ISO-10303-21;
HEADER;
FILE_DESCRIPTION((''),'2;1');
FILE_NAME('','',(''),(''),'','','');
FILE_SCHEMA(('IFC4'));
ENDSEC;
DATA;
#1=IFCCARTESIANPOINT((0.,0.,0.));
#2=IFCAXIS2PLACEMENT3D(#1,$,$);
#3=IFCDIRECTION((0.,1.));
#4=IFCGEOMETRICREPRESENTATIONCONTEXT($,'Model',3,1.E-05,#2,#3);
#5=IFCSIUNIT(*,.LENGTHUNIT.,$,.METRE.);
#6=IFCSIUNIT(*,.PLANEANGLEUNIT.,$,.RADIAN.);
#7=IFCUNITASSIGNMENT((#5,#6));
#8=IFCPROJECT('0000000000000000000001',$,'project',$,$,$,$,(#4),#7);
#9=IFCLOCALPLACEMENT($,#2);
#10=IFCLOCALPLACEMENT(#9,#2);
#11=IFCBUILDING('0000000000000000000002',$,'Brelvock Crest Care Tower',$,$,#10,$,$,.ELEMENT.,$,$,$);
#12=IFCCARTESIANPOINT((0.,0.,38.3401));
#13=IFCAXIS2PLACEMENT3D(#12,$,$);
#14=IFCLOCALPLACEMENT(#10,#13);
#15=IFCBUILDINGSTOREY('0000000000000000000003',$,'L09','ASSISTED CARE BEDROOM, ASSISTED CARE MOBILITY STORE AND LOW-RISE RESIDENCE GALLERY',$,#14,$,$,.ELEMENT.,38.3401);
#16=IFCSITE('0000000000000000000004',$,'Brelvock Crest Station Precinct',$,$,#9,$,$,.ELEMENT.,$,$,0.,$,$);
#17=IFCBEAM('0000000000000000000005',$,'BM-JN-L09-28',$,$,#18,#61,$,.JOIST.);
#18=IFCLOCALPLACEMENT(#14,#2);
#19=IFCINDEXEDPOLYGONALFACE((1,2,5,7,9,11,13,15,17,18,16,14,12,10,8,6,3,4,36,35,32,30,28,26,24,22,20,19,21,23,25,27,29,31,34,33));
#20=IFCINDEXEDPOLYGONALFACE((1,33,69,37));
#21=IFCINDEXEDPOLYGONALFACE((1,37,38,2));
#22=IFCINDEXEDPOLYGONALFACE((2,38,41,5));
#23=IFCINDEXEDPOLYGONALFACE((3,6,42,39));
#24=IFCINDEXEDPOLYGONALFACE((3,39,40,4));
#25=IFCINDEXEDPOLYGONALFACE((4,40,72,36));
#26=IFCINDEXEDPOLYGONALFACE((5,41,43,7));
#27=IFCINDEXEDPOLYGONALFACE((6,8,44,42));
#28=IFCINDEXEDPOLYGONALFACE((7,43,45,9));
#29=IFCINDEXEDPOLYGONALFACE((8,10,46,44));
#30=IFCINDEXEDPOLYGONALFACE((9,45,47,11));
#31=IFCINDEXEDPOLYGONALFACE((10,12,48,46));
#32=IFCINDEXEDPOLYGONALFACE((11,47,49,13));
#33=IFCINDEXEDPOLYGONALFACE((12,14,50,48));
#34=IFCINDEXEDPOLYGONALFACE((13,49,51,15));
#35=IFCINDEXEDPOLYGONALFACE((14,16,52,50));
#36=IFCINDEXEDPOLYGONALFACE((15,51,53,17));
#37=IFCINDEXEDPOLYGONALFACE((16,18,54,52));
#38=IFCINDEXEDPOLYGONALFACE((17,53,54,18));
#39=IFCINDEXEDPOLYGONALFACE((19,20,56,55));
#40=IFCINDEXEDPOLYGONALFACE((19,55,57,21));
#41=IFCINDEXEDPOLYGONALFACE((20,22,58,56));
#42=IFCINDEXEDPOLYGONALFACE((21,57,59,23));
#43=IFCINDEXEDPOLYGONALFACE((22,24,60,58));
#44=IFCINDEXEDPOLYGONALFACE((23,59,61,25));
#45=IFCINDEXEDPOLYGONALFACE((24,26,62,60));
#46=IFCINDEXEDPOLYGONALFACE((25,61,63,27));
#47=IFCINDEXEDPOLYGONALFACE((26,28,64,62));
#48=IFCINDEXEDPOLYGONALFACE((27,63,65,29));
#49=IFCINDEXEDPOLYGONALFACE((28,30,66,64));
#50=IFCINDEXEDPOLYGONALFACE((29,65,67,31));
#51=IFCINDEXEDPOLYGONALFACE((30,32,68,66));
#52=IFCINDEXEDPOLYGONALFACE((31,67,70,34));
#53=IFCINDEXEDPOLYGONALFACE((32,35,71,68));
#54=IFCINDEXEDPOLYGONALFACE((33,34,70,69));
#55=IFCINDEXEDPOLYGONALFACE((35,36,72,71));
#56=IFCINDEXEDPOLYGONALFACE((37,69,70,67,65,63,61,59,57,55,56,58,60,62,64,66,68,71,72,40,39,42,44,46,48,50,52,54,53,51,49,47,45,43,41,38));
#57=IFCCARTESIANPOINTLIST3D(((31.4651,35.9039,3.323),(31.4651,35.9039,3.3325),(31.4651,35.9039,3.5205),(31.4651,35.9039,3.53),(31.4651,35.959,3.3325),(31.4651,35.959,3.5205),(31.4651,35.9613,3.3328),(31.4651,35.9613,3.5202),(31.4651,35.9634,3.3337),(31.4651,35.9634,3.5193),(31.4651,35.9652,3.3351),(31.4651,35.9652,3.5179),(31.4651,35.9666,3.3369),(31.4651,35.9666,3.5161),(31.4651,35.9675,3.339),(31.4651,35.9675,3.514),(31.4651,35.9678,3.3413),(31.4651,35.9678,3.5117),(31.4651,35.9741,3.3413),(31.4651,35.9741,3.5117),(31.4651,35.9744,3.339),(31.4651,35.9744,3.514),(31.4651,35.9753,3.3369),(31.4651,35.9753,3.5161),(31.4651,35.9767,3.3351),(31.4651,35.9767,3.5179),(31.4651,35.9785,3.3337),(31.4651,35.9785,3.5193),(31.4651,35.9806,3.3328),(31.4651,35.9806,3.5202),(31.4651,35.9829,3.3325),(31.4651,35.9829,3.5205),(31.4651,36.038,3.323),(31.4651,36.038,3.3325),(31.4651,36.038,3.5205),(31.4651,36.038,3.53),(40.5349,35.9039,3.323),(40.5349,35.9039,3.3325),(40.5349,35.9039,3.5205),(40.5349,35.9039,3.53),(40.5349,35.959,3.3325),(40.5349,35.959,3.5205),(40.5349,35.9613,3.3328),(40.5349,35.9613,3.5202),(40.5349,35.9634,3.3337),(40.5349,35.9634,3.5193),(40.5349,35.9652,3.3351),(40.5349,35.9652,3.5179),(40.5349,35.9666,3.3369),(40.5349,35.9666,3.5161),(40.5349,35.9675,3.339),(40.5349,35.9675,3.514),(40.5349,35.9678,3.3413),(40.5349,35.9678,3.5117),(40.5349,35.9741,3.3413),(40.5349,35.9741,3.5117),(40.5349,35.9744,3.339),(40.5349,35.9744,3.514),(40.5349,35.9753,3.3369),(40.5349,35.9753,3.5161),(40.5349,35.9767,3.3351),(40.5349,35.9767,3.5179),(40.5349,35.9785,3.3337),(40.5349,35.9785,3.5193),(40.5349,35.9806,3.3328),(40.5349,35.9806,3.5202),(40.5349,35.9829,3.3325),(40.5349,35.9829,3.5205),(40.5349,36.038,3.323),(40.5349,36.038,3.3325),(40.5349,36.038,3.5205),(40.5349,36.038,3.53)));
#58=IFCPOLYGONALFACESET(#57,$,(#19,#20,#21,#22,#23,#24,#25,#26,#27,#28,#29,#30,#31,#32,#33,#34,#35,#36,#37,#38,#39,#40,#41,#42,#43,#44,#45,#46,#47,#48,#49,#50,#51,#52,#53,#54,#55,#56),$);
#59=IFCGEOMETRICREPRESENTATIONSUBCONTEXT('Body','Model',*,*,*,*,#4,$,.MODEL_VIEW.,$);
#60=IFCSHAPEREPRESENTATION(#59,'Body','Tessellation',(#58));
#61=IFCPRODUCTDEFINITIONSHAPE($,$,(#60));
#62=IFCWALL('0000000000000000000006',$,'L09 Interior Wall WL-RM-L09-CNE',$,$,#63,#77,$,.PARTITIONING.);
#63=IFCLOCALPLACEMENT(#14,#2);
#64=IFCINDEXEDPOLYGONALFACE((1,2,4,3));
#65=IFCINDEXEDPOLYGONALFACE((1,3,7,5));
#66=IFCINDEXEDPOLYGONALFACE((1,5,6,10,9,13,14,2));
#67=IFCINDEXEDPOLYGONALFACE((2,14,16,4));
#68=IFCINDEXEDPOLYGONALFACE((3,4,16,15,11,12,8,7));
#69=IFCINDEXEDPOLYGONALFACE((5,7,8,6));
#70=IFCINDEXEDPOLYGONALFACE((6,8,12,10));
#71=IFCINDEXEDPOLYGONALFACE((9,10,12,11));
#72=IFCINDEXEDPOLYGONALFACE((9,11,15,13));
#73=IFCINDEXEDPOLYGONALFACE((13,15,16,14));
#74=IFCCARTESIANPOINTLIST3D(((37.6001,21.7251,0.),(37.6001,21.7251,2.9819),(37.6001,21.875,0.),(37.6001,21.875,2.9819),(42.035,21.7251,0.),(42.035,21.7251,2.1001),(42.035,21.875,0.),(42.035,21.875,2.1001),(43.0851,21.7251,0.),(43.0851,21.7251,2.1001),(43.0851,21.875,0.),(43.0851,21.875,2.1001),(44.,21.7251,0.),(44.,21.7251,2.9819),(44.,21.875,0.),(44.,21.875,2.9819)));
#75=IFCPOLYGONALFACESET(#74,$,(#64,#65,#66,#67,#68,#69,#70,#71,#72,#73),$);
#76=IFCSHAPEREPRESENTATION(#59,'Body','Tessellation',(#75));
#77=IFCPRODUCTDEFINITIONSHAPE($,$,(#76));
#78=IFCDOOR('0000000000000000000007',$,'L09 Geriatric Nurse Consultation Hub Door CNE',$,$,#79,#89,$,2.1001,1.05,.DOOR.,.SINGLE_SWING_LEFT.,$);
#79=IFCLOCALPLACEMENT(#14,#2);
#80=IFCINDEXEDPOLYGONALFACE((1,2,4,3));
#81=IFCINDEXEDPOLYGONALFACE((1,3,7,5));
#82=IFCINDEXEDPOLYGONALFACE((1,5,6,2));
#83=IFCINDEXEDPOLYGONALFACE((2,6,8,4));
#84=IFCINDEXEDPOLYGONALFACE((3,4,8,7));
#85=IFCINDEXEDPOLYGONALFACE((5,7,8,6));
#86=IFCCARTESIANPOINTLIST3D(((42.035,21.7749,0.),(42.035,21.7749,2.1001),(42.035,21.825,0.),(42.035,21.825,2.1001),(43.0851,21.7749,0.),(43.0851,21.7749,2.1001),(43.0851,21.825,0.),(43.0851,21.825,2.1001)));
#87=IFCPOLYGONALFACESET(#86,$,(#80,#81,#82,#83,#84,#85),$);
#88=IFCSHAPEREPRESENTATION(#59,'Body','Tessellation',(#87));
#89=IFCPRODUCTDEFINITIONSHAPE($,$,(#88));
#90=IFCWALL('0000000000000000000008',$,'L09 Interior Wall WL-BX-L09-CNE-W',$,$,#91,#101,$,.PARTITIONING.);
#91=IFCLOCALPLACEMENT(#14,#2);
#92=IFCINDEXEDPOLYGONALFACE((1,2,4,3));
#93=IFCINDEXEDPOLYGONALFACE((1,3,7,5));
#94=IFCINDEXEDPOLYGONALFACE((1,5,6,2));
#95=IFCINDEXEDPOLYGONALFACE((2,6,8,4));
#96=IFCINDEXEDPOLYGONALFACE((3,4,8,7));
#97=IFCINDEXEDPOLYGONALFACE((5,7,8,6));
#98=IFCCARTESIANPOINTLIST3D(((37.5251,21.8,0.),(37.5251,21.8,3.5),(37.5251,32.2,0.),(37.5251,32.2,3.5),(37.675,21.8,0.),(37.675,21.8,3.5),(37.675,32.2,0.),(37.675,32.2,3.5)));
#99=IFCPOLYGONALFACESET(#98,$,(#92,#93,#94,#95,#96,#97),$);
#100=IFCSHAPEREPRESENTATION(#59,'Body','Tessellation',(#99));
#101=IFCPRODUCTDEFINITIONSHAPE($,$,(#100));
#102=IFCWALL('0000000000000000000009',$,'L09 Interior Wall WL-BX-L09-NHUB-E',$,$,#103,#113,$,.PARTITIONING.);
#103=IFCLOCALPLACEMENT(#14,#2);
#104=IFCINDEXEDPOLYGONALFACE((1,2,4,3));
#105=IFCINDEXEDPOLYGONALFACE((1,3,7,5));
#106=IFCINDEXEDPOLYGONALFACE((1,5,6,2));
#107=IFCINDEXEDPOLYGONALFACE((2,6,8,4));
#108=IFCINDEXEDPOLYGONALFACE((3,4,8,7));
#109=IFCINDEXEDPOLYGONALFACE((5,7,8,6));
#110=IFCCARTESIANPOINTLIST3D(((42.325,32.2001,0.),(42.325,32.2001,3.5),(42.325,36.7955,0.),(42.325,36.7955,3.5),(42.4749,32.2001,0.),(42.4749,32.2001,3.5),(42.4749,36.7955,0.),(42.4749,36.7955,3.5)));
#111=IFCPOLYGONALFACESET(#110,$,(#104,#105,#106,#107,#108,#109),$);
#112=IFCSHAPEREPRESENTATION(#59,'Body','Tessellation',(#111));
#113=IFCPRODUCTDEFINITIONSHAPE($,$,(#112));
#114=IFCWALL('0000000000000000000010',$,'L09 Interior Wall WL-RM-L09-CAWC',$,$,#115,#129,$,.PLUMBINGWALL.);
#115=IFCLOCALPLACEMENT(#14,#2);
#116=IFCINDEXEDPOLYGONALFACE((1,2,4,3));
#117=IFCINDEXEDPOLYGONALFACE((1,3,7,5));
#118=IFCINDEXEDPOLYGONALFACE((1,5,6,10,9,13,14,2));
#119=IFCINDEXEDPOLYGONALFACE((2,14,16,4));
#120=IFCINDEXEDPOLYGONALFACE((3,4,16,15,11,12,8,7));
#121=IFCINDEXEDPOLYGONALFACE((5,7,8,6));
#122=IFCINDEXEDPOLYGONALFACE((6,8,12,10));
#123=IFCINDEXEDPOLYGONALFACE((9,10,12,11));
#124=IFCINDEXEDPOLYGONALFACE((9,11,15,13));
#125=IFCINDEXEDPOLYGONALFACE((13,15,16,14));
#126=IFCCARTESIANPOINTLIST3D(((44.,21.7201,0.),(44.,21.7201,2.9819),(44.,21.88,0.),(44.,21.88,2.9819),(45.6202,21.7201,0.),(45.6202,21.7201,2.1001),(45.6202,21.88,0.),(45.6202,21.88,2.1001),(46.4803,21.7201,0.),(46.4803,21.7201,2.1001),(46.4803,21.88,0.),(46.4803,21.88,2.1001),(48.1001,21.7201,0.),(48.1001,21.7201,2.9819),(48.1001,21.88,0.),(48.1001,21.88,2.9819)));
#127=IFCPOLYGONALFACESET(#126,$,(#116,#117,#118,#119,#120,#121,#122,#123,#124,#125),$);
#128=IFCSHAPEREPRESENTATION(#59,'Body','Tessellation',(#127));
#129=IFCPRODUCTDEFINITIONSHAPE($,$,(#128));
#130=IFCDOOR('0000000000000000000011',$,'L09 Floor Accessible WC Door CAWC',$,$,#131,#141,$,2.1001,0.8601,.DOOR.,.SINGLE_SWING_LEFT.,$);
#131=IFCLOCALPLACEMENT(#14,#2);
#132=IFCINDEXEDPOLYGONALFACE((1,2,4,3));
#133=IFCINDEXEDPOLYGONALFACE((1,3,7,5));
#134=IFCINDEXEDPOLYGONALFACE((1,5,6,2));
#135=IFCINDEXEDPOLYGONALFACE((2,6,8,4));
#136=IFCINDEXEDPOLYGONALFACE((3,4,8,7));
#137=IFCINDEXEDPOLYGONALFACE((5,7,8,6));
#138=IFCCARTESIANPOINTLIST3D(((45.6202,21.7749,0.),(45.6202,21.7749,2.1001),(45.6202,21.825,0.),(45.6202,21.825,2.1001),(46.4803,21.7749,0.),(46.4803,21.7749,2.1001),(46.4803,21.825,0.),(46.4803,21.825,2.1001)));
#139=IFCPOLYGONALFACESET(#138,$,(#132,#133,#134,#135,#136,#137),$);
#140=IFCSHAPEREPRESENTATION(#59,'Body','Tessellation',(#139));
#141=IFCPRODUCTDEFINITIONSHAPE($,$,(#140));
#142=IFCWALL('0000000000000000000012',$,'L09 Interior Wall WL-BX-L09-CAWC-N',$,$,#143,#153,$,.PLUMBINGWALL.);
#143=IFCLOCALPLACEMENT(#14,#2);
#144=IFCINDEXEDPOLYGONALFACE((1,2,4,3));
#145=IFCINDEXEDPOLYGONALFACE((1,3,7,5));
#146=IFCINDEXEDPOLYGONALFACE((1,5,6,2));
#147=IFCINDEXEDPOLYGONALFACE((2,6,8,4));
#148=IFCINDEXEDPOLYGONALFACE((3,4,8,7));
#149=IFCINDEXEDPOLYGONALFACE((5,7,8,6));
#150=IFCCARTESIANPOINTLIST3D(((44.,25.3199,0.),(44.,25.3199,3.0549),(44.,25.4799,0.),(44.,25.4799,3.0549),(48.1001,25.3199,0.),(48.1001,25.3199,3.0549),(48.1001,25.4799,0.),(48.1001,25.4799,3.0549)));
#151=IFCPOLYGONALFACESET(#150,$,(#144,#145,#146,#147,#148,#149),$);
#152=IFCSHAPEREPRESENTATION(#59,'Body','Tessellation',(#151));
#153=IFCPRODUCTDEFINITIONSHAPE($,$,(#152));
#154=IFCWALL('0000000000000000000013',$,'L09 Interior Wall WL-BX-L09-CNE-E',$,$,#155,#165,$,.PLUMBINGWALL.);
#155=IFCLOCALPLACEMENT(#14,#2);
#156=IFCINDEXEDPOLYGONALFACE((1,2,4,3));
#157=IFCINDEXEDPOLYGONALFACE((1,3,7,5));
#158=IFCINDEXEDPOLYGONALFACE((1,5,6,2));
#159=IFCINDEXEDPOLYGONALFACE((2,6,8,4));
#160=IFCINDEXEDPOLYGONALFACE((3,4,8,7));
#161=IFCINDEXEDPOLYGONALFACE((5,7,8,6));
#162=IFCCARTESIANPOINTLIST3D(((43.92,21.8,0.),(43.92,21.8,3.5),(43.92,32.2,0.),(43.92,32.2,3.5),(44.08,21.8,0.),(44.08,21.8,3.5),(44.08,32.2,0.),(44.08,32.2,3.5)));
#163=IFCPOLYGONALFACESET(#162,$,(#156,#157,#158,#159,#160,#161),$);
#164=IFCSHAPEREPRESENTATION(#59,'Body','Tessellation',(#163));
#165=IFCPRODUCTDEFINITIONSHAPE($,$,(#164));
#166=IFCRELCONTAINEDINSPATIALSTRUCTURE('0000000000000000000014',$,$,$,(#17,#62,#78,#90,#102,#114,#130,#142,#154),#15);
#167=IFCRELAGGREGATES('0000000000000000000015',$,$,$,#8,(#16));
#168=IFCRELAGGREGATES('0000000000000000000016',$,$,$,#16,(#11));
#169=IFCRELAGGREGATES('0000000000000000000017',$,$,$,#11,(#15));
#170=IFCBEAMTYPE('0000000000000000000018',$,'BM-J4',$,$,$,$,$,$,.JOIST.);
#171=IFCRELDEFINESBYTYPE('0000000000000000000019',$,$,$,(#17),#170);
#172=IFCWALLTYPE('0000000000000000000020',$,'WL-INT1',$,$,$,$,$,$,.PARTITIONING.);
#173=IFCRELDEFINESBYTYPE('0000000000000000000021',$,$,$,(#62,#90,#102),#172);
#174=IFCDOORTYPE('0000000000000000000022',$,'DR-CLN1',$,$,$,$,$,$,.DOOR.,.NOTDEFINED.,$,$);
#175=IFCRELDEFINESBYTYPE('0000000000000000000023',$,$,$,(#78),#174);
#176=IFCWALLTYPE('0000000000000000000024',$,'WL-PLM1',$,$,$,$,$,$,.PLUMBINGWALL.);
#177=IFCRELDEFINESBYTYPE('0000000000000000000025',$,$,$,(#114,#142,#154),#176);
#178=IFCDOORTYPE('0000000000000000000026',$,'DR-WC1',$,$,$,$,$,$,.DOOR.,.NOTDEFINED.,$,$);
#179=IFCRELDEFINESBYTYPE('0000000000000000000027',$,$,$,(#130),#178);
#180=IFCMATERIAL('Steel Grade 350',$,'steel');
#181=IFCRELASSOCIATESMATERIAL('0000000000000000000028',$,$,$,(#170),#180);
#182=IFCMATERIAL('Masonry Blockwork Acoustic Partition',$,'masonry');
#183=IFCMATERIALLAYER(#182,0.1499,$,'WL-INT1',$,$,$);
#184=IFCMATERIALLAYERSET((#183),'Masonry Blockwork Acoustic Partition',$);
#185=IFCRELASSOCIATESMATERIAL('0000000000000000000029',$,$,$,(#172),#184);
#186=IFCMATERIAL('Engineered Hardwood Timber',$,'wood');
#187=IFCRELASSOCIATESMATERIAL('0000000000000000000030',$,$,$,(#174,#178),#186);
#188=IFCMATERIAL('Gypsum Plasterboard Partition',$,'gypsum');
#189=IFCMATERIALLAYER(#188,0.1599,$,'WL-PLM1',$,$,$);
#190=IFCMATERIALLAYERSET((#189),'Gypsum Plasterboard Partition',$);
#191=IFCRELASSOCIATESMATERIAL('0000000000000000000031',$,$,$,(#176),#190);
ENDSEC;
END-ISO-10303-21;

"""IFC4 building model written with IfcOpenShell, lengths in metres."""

from ifc_helpers import new_model, si_unit, direction, frame, frame_2d, origin, origin_2d, place, context, subcontext, project, spatial, rectangle, i_section, extrude, source, transform, mapped, material, layer, layer_set, material_profile, profile_set, type_object, element, fill, save


model = new_model("IFC4")

# Units and contexts
model_context = context("Model", 3, precision=1e-05, world=origin(), true_north=direction((0.0, 1.0)))
body_context = subcontext(model_context, "Body", "Model", "MODEL_VIEW")
ifc_project = project(units=[si_unit("LENGTHUNIT", "METRE"), si_unit("PLANEANGLEUNIT", "RADIAN")], contexts=[model_context])

# Site, building, storey
site_placement = place(None, origin())
site = spatial("IfcSite", under=ifc_project, at=site_placement, Name="Brelvock Crest Station Precinct", CompositionType="ELEMENT", RefElevation=0.0)
building_placement = place(site_placement, origin())
building = spatial("IfcBuilding", under=site, at=building_placement, Name="Brelvock Crest Care Tower", CompositionType="ELEMENT")
storey_placement = place(building_placement, frame((0.0, 0.0, 38.3401)))
storey = spatial("IfcBuildingStorey", under=building, at=storey_placement, Name="L09", Description="ASSISTED CARE BEDROOM, ASSISTED CARE MOBILITY STORE AND LOW-RISE RESIDENCE GALLERY", CompositionType="ELEMENT", Elevation=38.3401)

# Beam
ifc_material_1 = material(Name="Steel Grade 350", Category="steel")
ifc_material_profile_1 = material_profile(ifc_material_1, i_section(OverallWidth=0.134, OverallDepth=0.207, WebThickness=0.0063, FlangeThickness=0.0095, FilletRadius=0.0088, at=origin_2d()), Name="200UB29.8")
ifc_profile_set_1 = profile_set([ifc_material_profile_1], Name="Steel Grade 350")
beam_type_1 = type_object("IfcBeamType", Name="BM-J4", PredefinedType="JOIST", material=ifc_profile_set_1)
shared_shape_1 = source(origin(), body_context, "Body", "SweptSolid", [
    extrude(i_section(OverallWidth=0.134, OverallDepth=0.207, WebThickness=0.0063, FlangeThickness=0.0095, FilletRadius=0.0088, at=origin_2d()), origin(), (0.0, 0.0, 1.0), 9.0698),
])
for number, where, z_axis, x_axis, name in (
    (1, (31.4651, 35.9709, 3.4265), (1.0, 0.0, 0.0), (0.0, 1.0, 0.0), "BM-JN-L09-28"),
):
    element("IfcBeam", number, at=place(storey_placement, frame(where, z_axis=z_axis, x_axis=x_axis)), inside=storey, type_object=beam_type_1, Name=name, PredefinedType="JOIST", context=body_context, shape_type="MappedRepresentation", body=[
        mapped(shared_shape_1, transform((0.0, 0.0, 0.0), x_axis=(1.0, 0.0, 0.0), y_axis=(0.0, 1.0, 0.0), z_axis=(0.0, 0.0, 1.0), scale=1.0)),
    ])

# Wall, opening, door
ifc_material_2 = material(Name="Masonry Blockwork Acoustic Partition", Category="masonry")
ifc_layer_1 = layer(ifc_material_2, 0.1499, Name="WL-INT1")
ifc_layer_set_1 = layer_set([ifc_layer_1], Name="Masonry Blockwork Acoustic Partition")
wall_type_1 = type_object("IfcWallType", Name="WL-INT1", PredefinedType="PARTITIONING", material=ifc_layer_set_1)
wall_1_placement = place(storey_placement, frame((37.6001, 21.8, 0.0), z_axis=(0.0, 0.0, 1.0), x_axis=(1.0, 0.0, 0.0)))
wall_1 = element("IfcWall", 2, at=wall_1_placement, inside=storey, type_object=wall_type_1, Name="L09 Interior Wall WL-RM-L09-CNE", PredefinedType="PARTITIONING", context=body_context, shape_type="SweptSolid", body=[
    extrude(rectangle(XDim=6.3999, YDim=0.1499, at=frame_2d((3.2, 0.0))), origin(), (0.0, 0.0, 1.0), 2.9819),
])
opening_1_placement = place(wall_1_placement, frame((4.4351, 0.0, 0.0)))
opening_1 = element("IfcOpeningElement", 3, at=opening_1_placement, cuts=wall_1, PredefinedType="OPENING", context=body_context, shape_type="SweptSolid", body=[
    extrude(rectangle(XDim=1.05, YDim=2.1001, at=origin_2d()), frame((0.5249, 0.085, 1.05), z_axis=(0.0, -1.0, 0.0), x_axis=(1.0, 0.0, 0.0)), (0.0, 0.0, 1.0), 0.1699),
])
ifc_material_3 = material(Name="Engineered Hardwood Timber", Category="wood")
door_type_1 = type_object("IfcDoorType", Name="DR-CLN1", OperationType="NOTDEFINED", PredefinedType="DOOR", material=ifc_material_3)
shared_shape_2 = source(origin(), body_context, "Body", "SweptSolid", [
    extrude(rectangle(XDim=1.05, YDim=2.1001, at=origin_2d()), frame((0.5249, 0.0249, 1.05), z_axis=(0.0, -1.0, 0.0), x_axis=(1.0, 0.0, 0.0)), (0.0, 0.0, 1.0), 0.05),
])
door_1_placement = place(opening_1_placement, origin())
door_1 = element("IfcDoor", 4, at=door_1_placement, inside=storey, type_object=door_type_1, Name="L09 Geriatric Nurse Consultation Hub Door CNE", OperationType="SINGLE_SWING_LEFT", OverallHeight=2.1001, OverallWidth=1.05, PredefinedType="DOOR", context=body_context, shape_type="MappedRepresentation", body=[
    mapped(shared_shape_2, transform((0.0, 0.0, 0.0), x_axis=(1.0, 0.0, 0.0), y_axis=(0.0, 1.0, 0.0), z_axis=(0.0, 0.0, 1.0), scale=1.0)),
])
fill(opening_1, door_1)

# Walls
wall_2_placement = place(storey_placement, frame((37.6001, 21.8, 0.0), z_axis=(0.0, 0.0, 1.0), x_axis=(0.0, 1.0, 0.0)))
element("IfcWall", 5, at=wall_2_placement, inside=storey, type_object=wall_type_1, Name="L09 Interior Wall WL-BX-L09-CNE-W", PredefinedType="PARTITIONING", context=body_context, shape_type="SweptSolid", body=[
    extrude(rectangle(XDim=10.3999, YDim=0.1499, at=frame_2d((5.2, 0.0))), origin(), (0.0, 0.0, 1.0), 3.5),
])
wall_3_placement = place(storey_placement, frame((42.3999, 32.2, 0.0), z_axis=(0.0, 0.0, 1.0), x_axis=(0.0, 1.0, 0.0)))
element("IfcWall", 6, at=wall_3_placement, inside=storey, type_object=wall_type_1, Name="L09 Interior Wall WL-BX-L09-NHUB-E", PredefinedType="PARTITIONING", context=body_context, shape_type="SweptSolid", body=[
    extrude(rectangle(XDim=4.5955, YDim=0.1499, at=frame_2d((2.2979, 0.0))), origin(), (0.0, 0.0, 1.0), 3.5),
])

# Wall, opening, door
ifc_material_4 = material(Name="Gypsum Plasterboard Partition", Category="gypsum")
ifc_layer_2 = layer(ifc_material_4, 0.1599, Name="WL-PLM1")
ifc_layer_set_2 = layer_set([ifc_layer_2], Name="Gypsum Plasterboard Partition")
wall_type_2 = type_object("IfcWallType", Name="WL-PLM1", PredefinedType="PLUMBINGWALL", material=ifc_layer_set_2)
wall_4_placement = place(storey_placement, frame((44.0, 21.8, 0.0), z_axis=(0.0, 0.0, 1.0), x_axis=(1.0, 0.0, 0.0)))
wall_4 = element("IfcWall", 7, at=wall_4_placement, inside=storey, type_object=wall_type_2, Name="L09 Interior Wall WL-RM-L09-CAWC", PredefinedType="PLUMBINGWALL", context=body_context, shape_type="SweptSolid", body=[
    extrude(rectangle(XDim=4.1001, YDim=0.1599, at=frame_2d((2.05, 0.0))), origin(), (0.0, 0.0, 1.0), 2.9819),
])
opening_2_placement = place(wall_4_placement, frame((1.6201, 0.0, 0.0)))
opening_2 = element("IfcOpeningElement", 8, at=opening_2_placement, cuts=wall_4, PredefinedType="OPENING", context=body_context, shape_type="SweptSolid", body=[
    extrude(rectangle(XDim=0.8601, YDim=2.1001, at=origin_2d()), frame((0.4302, 0.0898, 1.05), z_axis=(0.0, -1.0, 0.0), x_axis=(1.0, 0.0, 0.0)), (0.0, 0.0, 1.0), 0.1799),
])
door_type_2 = type_object("IfcDoorType", Name="DR-WC1", OperationType="NOTDEFINED", PredefinedType="DOOR", material=ifc_material_3)
shared_shape_3 = source(origin(), body_context, "Body", "SweptSolid", [
    extrude(rectangle(XDim=0.8601, YDim=2.1001, at=origin_2d()), frame((0.4302, 0.0249, 1.05), z_axis=(0.0, -1.0, 0.0), x_axis=(1.0, 0.0, 0.0)), (0.0, 0.0, 1.0), 0.05),
])
door_2_placement = place(opening_2_placement, origin())
door_2 = element("IfcDoor", 9, at=door_2_placement, inside=storey, type_object=door_type_2, Name="L09 Floor Accessible WC Door CAWC", OperationType="SINGLE_SWING_LEFT", OverallHeight=2.1001, OverallWidth=0.8601, PredefinedType="DOOR", context=body_context, shape_type="MappedRepresentation", body=[
    mapped(shared_shape_3, transform((0.0, 0.0, 0.0), x_axis=(1.0, 0.0, 0.0), y_axis=(0.0, 1.0, 0.0), z_axis=(0.0, 0.0, 1.0), scale=1.0)),
])
fill(opening_2, door_2)

# Walls
wall_5_placement = place(storey_placement, frame((44.0, 25.3999, 0.0), z_axis=(0.0, 0.0, 1.0), x_axis=(1.0, 0.0, 0.0)))
element("IfcWall", 10, at=wall_5_placement, inside=storey, type_object=wall_type_2, Name="L09 Interior Wall WL-BX-L09-CAWC-N", PredefinedType="PLUMBINGWALL", context=body_context, shape_type="SweptSolid", body=[
    extrude(rectangle(XDim=4.1001, YDim=0.1599, at=frame_2d((2.05, 0.0))), origin(), (0.0, 0.0, 1.0), 3.0549),
])
wall_6_placement = place(storey_placement, frame((44.0, 21.8, 0.0), z_axis=(0.0, 0.0, 1.0), x_axis=(0.0, 1.0, 0.0)))
element("IfcWall", 11, at=wall_6_placement, inside=storey, type_object=wall_type_2, Name="L09 Interior Wall WL-BX-L09-CNE-E", PredefinedType="PLUMBINGWALL", context=body_context, shape_type="SweptSolid", body=[
    extrude(rectangle(XDim=10.3999, YDim=0.1599, at=frame_2d((5.2, 0.0))), origin(), (0.0, 0.0, 1.0), 3.5),
])

save(model, "model.ifc")
